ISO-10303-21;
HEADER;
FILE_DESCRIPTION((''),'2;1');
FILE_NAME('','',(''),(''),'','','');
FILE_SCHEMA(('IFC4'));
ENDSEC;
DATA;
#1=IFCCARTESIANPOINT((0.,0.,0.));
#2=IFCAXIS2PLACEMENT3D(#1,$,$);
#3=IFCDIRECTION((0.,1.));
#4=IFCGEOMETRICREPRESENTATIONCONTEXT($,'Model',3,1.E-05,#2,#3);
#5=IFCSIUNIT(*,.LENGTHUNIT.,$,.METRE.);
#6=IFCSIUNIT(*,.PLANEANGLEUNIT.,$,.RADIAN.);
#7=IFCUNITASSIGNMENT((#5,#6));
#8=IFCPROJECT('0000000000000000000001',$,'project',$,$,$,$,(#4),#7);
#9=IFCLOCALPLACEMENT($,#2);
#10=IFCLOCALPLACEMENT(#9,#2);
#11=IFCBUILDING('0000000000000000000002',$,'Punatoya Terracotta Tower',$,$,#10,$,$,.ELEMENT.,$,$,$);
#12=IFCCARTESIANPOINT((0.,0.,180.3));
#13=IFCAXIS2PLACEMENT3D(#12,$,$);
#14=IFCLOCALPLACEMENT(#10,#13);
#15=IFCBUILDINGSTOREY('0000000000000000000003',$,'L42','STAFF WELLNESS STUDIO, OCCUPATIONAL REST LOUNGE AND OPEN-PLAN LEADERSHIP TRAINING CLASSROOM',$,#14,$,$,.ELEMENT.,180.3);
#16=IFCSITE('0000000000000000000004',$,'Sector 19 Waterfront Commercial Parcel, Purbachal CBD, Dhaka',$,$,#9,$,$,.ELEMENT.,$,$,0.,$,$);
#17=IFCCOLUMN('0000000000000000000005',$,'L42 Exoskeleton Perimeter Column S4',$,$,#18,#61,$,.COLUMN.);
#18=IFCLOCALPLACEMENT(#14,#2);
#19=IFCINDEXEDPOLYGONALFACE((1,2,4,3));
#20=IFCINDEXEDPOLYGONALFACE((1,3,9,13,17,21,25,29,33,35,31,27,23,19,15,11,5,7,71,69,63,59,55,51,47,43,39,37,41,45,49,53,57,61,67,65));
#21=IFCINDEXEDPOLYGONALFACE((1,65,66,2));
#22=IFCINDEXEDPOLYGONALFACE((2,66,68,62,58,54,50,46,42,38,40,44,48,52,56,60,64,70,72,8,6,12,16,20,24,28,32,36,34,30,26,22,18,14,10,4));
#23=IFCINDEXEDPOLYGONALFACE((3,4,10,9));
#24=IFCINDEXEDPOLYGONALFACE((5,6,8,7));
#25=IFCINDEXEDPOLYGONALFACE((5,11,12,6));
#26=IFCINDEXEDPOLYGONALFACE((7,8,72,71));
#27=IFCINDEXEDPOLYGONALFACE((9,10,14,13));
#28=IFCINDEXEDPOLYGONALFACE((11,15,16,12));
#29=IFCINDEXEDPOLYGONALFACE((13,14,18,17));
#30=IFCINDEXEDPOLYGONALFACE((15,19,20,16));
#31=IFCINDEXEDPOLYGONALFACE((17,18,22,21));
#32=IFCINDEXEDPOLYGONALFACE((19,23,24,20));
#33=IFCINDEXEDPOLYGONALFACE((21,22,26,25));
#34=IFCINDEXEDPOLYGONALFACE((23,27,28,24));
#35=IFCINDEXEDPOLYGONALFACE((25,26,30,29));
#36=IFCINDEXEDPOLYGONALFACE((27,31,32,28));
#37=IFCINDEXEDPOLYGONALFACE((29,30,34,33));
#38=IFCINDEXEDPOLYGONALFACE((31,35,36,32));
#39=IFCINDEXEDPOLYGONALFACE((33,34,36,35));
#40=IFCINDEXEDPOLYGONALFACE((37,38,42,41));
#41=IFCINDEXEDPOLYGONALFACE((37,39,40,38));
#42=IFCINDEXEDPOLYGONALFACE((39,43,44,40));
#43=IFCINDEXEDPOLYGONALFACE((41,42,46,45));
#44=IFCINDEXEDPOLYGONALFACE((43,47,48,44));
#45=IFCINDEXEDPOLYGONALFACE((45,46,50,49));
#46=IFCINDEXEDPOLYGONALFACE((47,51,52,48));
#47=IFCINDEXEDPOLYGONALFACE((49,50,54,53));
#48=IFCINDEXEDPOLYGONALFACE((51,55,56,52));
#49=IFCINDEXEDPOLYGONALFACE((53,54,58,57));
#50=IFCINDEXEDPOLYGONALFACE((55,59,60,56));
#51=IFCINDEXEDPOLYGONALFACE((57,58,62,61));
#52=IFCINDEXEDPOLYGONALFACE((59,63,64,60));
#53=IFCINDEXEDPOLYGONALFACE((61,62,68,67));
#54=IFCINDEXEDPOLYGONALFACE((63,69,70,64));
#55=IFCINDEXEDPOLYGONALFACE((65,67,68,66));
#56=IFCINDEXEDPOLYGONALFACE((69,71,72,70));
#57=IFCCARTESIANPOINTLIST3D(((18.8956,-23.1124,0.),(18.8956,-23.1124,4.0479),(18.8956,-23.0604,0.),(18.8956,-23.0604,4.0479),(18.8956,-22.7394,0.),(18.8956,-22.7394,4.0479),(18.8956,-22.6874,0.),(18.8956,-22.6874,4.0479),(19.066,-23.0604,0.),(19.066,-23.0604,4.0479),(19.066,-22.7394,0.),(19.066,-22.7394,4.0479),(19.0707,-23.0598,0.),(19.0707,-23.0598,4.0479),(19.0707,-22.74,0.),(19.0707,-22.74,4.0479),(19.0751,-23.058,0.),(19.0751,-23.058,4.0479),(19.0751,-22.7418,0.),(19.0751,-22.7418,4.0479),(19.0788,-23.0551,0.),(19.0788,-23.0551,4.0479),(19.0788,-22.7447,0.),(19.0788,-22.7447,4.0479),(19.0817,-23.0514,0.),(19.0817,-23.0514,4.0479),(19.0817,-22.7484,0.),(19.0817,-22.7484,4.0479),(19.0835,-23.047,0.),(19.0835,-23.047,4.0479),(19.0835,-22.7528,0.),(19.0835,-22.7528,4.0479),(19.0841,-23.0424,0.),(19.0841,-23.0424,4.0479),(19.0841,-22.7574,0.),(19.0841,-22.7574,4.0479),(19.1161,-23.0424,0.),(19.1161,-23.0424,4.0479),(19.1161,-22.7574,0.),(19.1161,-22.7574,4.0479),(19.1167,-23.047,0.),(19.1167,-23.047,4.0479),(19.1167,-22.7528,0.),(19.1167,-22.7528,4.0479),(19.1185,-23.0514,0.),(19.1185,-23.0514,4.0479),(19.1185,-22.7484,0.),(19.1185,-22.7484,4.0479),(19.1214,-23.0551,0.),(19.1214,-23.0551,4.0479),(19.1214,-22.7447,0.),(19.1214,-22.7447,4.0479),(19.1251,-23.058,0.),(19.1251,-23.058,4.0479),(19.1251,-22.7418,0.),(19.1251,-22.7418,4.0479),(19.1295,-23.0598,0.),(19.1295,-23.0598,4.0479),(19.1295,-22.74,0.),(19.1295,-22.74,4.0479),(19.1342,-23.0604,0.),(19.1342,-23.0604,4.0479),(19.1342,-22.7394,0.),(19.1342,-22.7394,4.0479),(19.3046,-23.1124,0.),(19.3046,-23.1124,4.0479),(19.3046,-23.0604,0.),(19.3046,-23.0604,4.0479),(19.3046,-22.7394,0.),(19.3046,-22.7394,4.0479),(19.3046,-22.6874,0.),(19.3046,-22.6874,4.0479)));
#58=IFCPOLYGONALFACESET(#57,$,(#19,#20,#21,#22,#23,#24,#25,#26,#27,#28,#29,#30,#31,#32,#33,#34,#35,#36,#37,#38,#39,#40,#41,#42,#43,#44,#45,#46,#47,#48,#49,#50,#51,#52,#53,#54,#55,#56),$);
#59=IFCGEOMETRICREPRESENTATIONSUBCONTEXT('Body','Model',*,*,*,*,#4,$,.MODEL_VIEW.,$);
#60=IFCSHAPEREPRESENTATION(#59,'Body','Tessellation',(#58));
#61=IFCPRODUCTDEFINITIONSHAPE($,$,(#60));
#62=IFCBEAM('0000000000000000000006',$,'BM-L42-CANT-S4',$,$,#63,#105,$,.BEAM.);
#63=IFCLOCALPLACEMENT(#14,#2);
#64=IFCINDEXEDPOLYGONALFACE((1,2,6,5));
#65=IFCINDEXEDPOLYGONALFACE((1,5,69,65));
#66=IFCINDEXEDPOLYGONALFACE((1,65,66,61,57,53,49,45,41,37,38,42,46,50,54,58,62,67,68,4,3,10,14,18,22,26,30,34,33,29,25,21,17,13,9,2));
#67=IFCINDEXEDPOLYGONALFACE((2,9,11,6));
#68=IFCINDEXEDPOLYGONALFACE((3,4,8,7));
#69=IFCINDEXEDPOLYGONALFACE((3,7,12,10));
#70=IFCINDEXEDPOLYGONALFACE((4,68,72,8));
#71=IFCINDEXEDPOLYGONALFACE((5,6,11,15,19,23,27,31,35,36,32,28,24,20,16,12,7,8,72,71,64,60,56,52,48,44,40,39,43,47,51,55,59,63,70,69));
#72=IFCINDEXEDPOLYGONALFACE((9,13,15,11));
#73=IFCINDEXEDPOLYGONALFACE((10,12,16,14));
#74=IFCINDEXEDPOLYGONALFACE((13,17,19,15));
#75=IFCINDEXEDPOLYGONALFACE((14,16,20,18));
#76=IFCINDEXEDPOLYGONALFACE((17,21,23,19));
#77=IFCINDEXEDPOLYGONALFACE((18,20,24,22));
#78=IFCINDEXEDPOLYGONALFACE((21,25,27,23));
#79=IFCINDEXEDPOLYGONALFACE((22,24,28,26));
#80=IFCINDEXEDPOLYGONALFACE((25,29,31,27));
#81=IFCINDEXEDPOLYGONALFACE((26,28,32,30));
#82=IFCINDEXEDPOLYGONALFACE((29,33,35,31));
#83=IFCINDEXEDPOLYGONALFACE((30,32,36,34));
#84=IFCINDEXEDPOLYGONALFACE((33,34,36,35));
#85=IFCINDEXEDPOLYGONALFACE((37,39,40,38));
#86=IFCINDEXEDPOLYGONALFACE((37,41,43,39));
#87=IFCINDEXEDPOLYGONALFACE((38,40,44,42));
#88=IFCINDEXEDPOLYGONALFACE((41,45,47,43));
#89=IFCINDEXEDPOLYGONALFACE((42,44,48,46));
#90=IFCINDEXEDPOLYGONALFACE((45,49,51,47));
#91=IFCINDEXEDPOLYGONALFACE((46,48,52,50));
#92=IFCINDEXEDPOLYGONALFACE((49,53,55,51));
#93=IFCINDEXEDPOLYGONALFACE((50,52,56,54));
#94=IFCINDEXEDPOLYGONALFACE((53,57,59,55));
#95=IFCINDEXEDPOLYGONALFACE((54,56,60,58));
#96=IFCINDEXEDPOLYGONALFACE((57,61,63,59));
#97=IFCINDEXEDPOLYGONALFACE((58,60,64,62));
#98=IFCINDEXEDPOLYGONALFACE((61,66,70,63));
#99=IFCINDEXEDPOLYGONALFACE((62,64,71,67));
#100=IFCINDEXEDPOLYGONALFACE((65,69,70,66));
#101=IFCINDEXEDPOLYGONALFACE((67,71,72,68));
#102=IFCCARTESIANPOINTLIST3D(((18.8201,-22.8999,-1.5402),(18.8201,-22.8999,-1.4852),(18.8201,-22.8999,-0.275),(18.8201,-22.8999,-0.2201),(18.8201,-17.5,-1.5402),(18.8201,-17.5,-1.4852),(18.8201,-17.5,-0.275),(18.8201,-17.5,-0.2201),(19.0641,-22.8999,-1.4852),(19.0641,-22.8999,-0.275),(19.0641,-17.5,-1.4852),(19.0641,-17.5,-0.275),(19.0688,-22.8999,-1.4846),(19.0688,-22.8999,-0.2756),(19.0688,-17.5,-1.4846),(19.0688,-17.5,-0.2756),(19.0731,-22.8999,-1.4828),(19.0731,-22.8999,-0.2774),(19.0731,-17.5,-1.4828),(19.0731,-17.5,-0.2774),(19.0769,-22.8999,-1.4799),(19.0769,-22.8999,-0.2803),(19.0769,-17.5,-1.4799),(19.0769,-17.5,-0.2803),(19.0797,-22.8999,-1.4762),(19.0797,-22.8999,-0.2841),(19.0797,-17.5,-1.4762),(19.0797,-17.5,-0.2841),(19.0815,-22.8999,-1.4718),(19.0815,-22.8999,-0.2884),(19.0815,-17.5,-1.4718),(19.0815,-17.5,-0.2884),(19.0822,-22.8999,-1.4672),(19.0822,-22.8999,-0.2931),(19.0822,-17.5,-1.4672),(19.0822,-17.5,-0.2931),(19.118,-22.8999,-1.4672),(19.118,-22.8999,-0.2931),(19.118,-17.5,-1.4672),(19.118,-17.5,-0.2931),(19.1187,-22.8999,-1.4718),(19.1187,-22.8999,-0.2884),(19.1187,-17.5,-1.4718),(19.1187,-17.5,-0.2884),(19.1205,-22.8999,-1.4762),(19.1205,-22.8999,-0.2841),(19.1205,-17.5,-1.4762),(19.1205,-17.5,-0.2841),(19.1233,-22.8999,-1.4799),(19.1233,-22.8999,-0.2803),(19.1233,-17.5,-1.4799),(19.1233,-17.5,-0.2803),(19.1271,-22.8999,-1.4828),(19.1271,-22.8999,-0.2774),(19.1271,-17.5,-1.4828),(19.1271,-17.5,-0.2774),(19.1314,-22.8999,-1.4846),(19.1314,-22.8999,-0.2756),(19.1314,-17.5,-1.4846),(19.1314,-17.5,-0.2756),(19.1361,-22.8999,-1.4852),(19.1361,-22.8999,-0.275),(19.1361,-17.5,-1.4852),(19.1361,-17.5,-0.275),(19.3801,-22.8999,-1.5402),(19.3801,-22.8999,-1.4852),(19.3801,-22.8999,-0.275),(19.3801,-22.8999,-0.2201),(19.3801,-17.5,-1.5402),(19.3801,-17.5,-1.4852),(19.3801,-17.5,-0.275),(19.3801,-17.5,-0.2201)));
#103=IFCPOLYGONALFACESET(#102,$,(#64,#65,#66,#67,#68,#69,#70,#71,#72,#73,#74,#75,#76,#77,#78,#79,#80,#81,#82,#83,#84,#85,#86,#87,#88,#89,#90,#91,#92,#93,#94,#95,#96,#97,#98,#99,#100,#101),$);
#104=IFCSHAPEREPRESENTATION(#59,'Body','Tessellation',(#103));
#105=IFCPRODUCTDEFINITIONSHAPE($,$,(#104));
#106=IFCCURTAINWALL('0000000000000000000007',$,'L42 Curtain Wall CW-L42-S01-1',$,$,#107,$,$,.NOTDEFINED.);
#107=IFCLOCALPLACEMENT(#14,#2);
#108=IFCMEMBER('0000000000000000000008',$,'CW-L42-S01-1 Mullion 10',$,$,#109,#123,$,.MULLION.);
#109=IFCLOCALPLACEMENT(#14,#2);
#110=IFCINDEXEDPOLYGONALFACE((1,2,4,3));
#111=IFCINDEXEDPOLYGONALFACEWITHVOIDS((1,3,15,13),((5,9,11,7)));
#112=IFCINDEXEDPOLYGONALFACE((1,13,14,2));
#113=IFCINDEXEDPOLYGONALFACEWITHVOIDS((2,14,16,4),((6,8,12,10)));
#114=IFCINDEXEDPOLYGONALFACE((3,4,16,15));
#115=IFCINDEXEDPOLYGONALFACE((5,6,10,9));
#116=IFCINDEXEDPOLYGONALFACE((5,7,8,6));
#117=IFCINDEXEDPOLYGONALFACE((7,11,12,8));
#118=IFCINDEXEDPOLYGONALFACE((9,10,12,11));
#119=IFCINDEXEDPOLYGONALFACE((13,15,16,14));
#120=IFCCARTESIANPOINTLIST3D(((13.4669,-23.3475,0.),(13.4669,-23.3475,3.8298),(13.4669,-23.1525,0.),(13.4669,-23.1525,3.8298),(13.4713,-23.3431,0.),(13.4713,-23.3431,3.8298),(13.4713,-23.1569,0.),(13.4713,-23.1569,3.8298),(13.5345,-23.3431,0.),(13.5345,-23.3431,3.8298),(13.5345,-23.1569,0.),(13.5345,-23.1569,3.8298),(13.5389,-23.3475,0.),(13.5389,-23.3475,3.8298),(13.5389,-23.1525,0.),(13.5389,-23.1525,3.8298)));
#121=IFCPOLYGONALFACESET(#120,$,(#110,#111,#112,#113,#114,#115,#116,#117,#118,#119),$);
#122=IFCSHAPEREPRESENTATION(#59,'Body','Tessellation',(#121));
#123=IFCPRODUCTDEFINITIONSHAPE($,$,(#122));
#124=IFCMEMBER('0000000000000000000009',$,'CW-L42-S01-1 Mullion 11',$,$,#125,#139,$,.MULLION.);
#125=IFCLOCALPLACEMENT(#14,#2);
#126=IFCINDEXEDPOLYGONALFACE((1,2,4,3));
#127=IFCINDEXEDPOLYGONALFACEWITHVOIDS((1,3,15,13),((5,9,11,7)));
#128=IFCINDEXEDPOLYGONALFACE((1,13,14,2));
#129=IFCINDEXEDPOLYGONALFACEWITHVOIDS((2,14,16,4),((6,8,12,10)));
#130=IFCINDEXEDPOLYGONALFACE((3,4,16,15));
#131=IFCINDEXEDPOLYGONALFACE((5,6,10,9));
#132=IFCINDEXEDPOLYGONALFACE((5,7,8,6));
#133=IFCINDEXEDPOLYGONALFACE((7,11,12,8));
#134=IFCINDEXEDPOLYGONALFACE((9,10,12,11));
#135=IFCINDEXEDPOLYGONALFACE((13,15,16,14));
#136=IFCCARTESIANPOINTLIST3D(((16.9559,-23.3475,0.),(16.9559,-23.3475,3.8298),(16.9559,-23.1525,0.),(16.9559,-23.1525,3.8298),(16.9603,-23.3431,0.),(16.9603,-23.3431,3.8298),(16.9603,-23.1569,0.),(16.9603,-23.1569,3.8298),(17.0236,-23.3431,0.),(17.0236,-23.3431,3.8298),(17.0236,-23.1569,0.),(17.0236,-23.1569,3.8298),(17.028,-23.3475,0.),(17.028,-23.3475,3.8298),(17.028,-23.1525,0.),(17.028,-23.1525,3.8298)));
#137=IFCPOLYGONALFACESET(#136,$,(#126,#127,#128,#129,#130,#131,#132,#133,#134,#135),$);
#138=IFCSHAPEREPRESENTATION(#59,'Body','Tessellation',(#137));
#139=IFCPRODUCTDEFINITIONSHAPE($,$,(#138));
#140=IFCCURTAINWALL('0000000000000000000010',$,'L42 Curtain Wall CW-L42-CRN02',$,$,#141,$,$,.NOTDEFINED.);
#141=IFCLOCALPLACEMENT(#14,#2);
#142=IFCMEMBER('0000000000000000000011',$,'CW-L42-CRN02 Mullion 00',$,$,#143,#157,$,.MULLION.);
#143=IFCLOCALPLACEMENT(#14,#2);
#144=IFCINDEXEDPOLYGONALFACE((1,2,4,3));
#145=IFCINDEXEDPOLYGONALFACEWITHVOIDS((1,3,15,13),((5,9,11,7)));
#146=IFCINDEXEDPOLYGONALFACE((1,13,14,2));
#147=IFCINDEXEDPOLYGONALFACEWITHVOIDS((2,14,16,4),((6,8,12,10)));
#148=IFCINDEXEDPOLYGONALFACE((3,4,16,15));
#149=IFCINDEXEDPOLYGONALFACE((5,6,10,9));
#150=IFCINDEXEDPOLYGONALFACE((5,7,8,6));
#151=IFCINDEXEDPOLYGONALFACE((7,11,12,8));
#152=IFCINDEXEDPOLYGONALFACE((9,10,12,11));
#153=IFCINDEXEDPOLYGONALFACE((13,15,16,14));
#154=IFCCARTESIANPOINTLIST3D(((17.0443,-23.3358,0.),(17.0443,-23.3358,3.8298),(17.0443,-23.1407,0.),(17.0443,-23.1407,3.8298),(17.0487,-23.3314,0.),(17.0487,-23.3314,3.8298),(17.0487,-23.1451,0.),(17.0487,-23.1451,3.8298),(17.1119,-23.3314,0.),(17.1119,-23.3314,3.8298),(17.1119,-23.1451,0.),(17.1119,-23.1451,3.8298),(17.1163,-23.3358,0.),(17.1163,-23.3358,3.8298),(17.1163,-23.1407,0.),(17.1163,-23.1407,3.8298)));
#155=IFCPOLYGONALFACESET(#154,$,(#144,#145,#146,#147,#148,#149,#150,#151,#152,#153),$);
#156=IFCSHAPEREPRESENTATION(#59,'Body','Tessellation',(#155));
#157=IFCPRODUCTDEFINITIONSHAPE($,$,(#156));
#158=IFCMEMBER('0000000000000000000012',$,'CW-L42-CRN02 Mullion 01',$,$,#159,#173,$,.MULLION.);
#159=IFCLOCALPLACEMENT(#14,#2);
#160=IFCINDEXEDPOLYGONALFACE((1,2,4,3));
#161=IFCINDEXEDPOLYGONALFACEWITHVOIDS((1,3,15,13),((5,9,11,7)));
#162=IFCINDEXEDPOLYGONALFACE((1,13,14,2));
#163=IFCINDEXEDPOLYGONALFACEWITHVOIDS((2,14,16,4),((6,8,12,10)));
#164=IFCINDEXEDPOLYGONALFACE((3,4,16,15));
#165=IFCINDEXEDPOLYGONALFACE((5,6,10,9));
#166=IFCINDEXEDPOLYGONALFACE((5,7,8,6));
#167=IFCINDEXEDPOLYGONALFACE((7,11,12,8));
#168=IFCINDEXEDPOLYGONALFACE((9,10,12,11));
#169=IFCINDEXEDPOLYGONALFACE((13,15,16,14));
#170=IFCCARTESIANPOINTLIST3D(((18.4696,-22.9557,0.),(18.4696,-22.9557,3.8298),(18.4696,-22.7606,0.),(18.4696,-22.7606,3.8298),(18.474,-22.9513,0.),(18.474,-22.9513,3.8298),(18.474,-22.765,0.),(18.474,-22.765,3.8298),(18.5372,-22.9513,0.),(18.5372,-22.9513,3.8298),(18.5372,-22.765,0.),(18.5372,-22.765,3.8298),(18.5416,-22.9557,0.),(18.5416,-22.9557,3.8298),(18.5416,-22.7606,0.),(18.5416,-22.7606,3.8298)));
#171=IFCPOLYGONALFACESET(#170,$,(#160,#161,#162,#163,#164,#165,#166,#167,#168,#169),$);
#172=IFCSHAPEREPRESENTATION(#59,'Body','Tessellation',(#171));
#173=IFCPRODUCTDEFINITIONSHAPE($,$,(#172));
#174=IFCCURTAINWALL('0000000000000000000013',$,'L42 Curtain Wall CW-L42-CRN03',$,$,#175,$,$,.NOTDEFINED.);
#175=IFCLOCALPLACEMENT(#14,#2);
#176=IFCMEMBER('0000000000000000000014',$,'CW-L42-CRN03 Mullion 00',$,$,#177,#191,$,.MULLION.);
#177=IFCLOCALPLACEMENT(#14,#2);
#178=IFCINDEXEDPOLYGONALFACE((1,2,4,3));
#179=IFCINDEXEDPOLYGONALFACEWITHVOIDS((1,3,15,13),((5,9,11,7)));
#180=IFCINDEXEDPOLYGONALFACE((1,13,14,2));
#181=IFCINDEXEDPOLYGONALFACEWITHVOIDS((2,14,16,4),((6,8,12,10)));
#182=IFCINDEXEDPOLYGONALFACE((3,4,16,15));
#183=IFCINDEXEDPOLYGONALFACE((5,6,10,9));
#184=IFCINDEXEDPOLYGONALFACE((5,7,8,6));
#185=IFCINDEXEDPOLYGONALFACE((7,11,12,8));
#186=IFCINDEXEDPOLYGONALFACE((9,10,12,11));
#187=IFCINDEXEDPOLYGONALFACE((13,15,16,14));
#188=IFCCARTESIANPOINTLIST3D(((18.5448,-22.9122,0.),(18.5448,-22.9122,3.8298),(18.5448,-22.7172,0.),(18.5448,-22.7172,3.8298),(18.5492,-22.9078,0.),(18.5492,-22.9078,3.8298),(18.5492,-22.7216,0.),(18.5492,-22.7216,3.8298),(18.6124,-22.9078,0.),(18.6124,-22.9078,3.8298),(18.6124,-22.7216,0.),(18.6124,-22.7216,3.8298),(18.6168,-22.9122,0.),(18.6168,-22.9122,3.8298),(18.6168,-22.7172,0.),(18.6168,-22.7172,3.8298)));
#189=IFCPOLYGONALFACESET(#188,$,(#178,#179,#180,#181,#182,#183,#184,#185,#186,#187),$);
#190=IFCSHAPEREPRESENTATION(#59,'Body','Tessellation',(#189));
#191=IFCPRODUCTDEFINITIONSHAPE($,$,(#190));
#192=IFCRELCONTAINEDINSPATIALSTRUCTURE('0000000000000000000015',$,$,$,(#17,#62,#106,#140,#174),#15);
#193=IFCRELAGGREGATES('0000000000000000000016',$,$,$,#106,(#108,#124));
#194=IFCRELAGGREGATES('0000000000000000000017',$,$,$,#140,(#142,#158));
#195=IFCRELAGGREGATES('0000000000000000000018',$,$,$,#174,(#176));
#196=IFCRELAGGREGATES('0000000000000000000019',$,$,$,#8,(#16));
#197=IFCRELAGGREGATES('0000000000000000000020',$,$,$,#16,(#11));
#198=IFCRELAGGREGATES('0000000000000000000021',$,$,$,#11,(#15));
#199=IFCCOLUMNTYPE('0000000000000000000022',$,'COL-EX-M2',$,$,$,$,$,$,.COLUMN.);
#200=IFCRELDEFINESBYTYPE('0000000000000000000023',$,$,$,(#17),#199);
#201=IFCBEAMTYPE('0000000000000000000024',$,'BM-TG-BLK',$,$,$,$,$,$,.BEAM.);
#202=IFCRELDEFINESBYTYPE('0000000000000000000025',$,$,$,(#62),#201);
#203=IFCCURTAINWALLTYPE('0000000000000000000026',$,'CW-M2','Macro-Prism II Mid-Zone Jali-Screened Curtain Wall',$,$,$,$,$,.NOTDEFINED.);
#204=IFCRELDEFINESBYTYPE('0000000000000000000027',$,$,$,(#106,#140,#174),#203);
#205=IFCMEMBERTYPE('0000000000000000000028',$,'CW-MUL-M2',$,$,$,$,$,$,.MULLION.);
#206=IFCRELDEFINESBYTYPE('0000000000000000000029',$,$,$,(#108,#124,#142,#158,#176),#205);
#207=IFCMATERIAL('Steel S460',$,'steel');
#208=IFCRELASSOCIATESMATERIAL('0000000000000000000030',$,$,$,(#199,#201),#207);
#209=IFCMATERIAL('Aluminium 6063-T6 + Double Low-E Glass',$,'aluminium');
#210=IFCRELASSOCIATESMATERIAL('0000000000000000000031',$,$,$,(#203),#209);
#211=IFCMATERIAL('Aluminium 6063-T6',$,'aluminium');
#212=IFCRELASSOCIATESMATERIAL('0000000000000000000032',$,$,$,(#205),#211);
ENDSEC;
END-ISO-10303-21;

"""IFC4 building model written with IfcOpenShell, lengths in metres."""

from ifc_helpers import new_model, si_unit, direction, frame, origin, origin_2d, place, context, subcontext, project, spatial, hollow_rectangle, i_section, extrude, material, material_profile, profile_set, type_object, element, aggregate, save


model = new_model("IFC4")

# Units and contexts
model_context = context("Model", 3, precision=1e-05, world=origin(), true_north=direction((0.0, 1.0)))
body_context = subcontext(model_context, "Body", "Model", "MODEL_VIEW")
ifc_project = project(units=[si_unit("LENGTHUNIT", "METRE"), si_unit("PLANEANGLEUNIT", "RADIAN")], contexts=[model_context])

# Site, building, storey
site_placement = place(None, origin())
site = spatial("IfcSite", under=ifc_project, at=site_placement, Name="Sector 19 Waterfront Commercial Parcel, Purbachal CBD, Dhaka", CompositionType="ELEMENT", RefElevation=0.0)
building_placement = place(site_placement, origin())
building = spatial("IfcBuilding", under=site, at=building_placement, Name="Punatoya Terracotta Tower", CompositionType="ELEMENT")
storey_placement = place(building_placement, frame((0.0, 0.0, 180.3)))
storey = spatial("IfcBuildingStorey", under=building, at=storey_placement, Name="L42", Description="STAFF WELLNESS STUDIO, OCCUPATIONAL REST LOUNGE AND OPEN-PLAN LEADERSHIP TRAINING CLASSROOM", CompositionType="ELEMENT", Elevation=180.3)

# Column
ifc_material_1 = material(Name="Steel S460", Category="steel")
ifc_material_profile_1 = material_profile(ifc_material_1, i_section(OverallWidth=0.4089, OverallDepth=0.425, WebThickness=0.032, FlangeThickness=0.052, FilletRadius=0.0181, at=origin_2d()))
ifc_profile_set_1 = profile_set([ifc_material_profile_1], Name="Steel S460")
column_type = type_object("IfcColumnType", Name="COL-EX-M2", PredefinedType="COLUMN", material=ifc_profile_set_1)
column_placement = place(storey_placement, frame((19.1001, -22.8999, 0.0), z_axis=(0.0, 0.0, 1.0), x_axis=(1.0, 0.0, 0.0)))
element("IfcColumn", 1, at=column_placement, inside=storey, type_object=column_type, Name="L42 Exoskeleton Perimeter Column S4", PredefinedType="COLUMN", context=body_context, shape_type="SweptSolid", body=[
    extrude(i_section(OverallWidth=0.4089, OverallDepth=0.425, WebThickness=0.032, FlangeThickness=0.052, FilletRadius=0.0181, at=origin_2d()), origin(), (0.0, 0.0, 1.0), 4.0479),
])

# Beam
ifc_material_profile_2 = material_profile(ifc_material_1, i_section(OverallWidth=0.5601, OverallDepth=1.3201, WebThickness=0.0359, FlangeThickness=0.0549, FilletRadius=0.0181, at=origin_2d()))
ifc_profile_set_2 = profile_set([ifc_material_profile_2], Name="Steel S460")
beam_type = type_object("IfcBeamType", Name="BM-TG-BLK", PredefinedType="BEAM", material=ifc_profile_set_2)
beam_placement = place(storey_placement, frame((19.1001, -22.8999, -0.8801), z_axis=(0.0, 1.0, 0.0), x_axis=(-1.0, 0.0, 0.0)))
element("IfcBeam", 2, at=beam_placement, inside=storey, type_object=beam_type, Name="BM-L42-CANT-S4", PredefinedType="BEAM", context=body_context, shape_type="SweptSolid", body=[
    extrude(i_section(OverallWidth=0.5601, OverallDepth=1.3201, WebThickness=0.0359, FlangeThickness=0.0549, FilletRadius=0.0181, at=origin_2d()), origin(), (0.0, 0.0, 1.0), 5.3999),
])

# Curtain walls, members
ifc_material_2 = material(Name="Aluminium 6063-T6 + Double Low-E Glass", Category="aluminium")
curtain_wall_type = type_object("IfcCurtainWallType", Name="CW-M2", Description="Macro-Prism II Mid-Zone Jali-Screened Curtain Wall", PredefinedType="NOTDEFINED", material=ifc_material_2)
curtain_wall_1_placement = place(storey_placement, origin())
curtain_wall_1 = element("IfcCurtainWall", 3, at=curtain_wall_1_placement, inside=storey, type_object=curtain_wall_type, Name="L42 Curtain Wall CW-L42-S01-1", PredefinedType="NOTDEFINED")
ifc_material_3 = material(Name="Aluminium 6063-T6", Category="aluminium")
ifc_material_profile_3 = material_profile(ifc_material_3, hollow_rectangle(XDim=0.072, YDim=0.1951, WallThickness=0.0044, at=origin_2d()))
ifc_profile_set_3 = profile_set([ifc_material_profile_3], Name="Aluminium 6063-T6")
member_type_1 = type_object("IfcMemberType", Name="CW-MUL-M2", PredefinedType="MULLION", material=ifc_profile_set_3)
member_1_placement = place(storey_placement, frame((13.5029, -23.25, 0.0), z_axis=(0.0, 0.0, 1.0), x_axis=(1.0, 0.0, 0.0)))
member_1 = element("IfcMember", 4, at=member_1_placement, type_object=member_type_1, Name="CW-L42-S01-1 Mullion 10", PredefinedType="MULLION", context=body_context, shape_type="SweptSolid", body=[
    extrude(hollow_rectangle(XDim=0.072, YDim=0.1951, WallThickness=0.0044, at=origin_2d()), origin(), (0.0, 0.0, 1.0), 3.8298),
])
member_2_placement = place(storey_placement, frame((16.9919, -23.25, 0.0), z_axis=(0.0, 0.0, 1.0), x_axis=(1.0, 0.0, 0.0)))
member_2 = element("IfcMember", 5, at=member_2_placement, type_object=member_type_1, Name="CW-L42-S01-1 Mullion 11", PredefinedType="MULLION", context=body_context, shape_type="SweptSolid", body=[
    extrude(hollow_rectangle(XDim=0.072, YDim=0.1951, WallThickness=0.0044, at=origin_2d()), origin(), (0.0, 0.0, 1.0), 3.8298),
])
curtain_wall_2_placement = place(storey_placement, origin())
curtain_wall_2 = element("IfcCurtainWall", 6, at=curtain_wall_2_placement, inside=storey, type_object=curtain_wall_type, Name="L42 Curtain Wall CW-L42-CRN02", PredefinedType="NOTDEFINED")
member_3_placement = place(storey_placement, frame((17.0803, -23.2383, 0.0), z_axis=(0.0, 0.0, 1.0), x_axis=(1.0, 0.0, 0.0)))
member_3 = element("IfcMember", 7, at=member_3_placement, type_object=member_type_1, Name="CW-L42-CRN02 Mullion 00", PredefinedType="MULLION", context=body_context, shape_type="SweptSolid", body=[
    extrude(hollow_rectangle(XDim=0.072, YDim=0.1951, WallThickness=0.0044, at=origin_2d()), origin(), (0.0, 0.0, 1.0), 3.8298),
])
member_4_placement = place(storey_placement, frame((18.5056, -22.8582, 0.0), z_axis=(0.0, 0.0, 1.0), x_axis=(1.0, 0.0, 0.0)))
member_4 = element("IfcMember", 8, at=member_4_placement, type_object=member_type_1, Name="CW-L42-CRN02 Mullion 01", PredefinedType="MULLION", context=body_context, shape_type="SweptSolid", body=[
    extrude(hollow_rectangle(XDim=0.072, YDim=0.1951, WallThickness=0.0044, at=origin_2d()), origin(), (0.0, 0.0, 1.0), 3.8298),
])
curtain_wall_3_placement = place(storey_placement, origin())
curtain_wall_3 = element("IfcCurtainWall", 9, at=curtain_wall_3_placement, inside=storey, type_object=curtain_wall_type, Name="L42 Curtain Wall CW-L42-CRN03", PredefinedType="NOTDEFINED")
member_5_placement = place(storey_placement, frame((18.5808, -22.8147, 0.0), z_axis=(0.0, 0.0, 1.0), x_axis=(1.0, 0.0, 0.0)))
member_5 = element("IfcMember", 10, at=member_5_placement, type_object=member_type_1, Name="CW-L42-CRN03 Mullion 00", PredefinedType="MULLION", context=body_context, shape_type="SweptSolid", body=[
    extrude(hollow_rectangle(XDim=0.072, YDim=0.1951, WallThickness=0.0044, at=origin_2d()), origin(), (0.0, 0.0, 1.0), 3.8298),
])

aggregate(curtain_wall_1, [member_1, member_2])
aggregate(curtain_wall_2, [member_3, member_4])
aggregate(curtain_wall_3, [member_5])

save(model, "model.ifc")
